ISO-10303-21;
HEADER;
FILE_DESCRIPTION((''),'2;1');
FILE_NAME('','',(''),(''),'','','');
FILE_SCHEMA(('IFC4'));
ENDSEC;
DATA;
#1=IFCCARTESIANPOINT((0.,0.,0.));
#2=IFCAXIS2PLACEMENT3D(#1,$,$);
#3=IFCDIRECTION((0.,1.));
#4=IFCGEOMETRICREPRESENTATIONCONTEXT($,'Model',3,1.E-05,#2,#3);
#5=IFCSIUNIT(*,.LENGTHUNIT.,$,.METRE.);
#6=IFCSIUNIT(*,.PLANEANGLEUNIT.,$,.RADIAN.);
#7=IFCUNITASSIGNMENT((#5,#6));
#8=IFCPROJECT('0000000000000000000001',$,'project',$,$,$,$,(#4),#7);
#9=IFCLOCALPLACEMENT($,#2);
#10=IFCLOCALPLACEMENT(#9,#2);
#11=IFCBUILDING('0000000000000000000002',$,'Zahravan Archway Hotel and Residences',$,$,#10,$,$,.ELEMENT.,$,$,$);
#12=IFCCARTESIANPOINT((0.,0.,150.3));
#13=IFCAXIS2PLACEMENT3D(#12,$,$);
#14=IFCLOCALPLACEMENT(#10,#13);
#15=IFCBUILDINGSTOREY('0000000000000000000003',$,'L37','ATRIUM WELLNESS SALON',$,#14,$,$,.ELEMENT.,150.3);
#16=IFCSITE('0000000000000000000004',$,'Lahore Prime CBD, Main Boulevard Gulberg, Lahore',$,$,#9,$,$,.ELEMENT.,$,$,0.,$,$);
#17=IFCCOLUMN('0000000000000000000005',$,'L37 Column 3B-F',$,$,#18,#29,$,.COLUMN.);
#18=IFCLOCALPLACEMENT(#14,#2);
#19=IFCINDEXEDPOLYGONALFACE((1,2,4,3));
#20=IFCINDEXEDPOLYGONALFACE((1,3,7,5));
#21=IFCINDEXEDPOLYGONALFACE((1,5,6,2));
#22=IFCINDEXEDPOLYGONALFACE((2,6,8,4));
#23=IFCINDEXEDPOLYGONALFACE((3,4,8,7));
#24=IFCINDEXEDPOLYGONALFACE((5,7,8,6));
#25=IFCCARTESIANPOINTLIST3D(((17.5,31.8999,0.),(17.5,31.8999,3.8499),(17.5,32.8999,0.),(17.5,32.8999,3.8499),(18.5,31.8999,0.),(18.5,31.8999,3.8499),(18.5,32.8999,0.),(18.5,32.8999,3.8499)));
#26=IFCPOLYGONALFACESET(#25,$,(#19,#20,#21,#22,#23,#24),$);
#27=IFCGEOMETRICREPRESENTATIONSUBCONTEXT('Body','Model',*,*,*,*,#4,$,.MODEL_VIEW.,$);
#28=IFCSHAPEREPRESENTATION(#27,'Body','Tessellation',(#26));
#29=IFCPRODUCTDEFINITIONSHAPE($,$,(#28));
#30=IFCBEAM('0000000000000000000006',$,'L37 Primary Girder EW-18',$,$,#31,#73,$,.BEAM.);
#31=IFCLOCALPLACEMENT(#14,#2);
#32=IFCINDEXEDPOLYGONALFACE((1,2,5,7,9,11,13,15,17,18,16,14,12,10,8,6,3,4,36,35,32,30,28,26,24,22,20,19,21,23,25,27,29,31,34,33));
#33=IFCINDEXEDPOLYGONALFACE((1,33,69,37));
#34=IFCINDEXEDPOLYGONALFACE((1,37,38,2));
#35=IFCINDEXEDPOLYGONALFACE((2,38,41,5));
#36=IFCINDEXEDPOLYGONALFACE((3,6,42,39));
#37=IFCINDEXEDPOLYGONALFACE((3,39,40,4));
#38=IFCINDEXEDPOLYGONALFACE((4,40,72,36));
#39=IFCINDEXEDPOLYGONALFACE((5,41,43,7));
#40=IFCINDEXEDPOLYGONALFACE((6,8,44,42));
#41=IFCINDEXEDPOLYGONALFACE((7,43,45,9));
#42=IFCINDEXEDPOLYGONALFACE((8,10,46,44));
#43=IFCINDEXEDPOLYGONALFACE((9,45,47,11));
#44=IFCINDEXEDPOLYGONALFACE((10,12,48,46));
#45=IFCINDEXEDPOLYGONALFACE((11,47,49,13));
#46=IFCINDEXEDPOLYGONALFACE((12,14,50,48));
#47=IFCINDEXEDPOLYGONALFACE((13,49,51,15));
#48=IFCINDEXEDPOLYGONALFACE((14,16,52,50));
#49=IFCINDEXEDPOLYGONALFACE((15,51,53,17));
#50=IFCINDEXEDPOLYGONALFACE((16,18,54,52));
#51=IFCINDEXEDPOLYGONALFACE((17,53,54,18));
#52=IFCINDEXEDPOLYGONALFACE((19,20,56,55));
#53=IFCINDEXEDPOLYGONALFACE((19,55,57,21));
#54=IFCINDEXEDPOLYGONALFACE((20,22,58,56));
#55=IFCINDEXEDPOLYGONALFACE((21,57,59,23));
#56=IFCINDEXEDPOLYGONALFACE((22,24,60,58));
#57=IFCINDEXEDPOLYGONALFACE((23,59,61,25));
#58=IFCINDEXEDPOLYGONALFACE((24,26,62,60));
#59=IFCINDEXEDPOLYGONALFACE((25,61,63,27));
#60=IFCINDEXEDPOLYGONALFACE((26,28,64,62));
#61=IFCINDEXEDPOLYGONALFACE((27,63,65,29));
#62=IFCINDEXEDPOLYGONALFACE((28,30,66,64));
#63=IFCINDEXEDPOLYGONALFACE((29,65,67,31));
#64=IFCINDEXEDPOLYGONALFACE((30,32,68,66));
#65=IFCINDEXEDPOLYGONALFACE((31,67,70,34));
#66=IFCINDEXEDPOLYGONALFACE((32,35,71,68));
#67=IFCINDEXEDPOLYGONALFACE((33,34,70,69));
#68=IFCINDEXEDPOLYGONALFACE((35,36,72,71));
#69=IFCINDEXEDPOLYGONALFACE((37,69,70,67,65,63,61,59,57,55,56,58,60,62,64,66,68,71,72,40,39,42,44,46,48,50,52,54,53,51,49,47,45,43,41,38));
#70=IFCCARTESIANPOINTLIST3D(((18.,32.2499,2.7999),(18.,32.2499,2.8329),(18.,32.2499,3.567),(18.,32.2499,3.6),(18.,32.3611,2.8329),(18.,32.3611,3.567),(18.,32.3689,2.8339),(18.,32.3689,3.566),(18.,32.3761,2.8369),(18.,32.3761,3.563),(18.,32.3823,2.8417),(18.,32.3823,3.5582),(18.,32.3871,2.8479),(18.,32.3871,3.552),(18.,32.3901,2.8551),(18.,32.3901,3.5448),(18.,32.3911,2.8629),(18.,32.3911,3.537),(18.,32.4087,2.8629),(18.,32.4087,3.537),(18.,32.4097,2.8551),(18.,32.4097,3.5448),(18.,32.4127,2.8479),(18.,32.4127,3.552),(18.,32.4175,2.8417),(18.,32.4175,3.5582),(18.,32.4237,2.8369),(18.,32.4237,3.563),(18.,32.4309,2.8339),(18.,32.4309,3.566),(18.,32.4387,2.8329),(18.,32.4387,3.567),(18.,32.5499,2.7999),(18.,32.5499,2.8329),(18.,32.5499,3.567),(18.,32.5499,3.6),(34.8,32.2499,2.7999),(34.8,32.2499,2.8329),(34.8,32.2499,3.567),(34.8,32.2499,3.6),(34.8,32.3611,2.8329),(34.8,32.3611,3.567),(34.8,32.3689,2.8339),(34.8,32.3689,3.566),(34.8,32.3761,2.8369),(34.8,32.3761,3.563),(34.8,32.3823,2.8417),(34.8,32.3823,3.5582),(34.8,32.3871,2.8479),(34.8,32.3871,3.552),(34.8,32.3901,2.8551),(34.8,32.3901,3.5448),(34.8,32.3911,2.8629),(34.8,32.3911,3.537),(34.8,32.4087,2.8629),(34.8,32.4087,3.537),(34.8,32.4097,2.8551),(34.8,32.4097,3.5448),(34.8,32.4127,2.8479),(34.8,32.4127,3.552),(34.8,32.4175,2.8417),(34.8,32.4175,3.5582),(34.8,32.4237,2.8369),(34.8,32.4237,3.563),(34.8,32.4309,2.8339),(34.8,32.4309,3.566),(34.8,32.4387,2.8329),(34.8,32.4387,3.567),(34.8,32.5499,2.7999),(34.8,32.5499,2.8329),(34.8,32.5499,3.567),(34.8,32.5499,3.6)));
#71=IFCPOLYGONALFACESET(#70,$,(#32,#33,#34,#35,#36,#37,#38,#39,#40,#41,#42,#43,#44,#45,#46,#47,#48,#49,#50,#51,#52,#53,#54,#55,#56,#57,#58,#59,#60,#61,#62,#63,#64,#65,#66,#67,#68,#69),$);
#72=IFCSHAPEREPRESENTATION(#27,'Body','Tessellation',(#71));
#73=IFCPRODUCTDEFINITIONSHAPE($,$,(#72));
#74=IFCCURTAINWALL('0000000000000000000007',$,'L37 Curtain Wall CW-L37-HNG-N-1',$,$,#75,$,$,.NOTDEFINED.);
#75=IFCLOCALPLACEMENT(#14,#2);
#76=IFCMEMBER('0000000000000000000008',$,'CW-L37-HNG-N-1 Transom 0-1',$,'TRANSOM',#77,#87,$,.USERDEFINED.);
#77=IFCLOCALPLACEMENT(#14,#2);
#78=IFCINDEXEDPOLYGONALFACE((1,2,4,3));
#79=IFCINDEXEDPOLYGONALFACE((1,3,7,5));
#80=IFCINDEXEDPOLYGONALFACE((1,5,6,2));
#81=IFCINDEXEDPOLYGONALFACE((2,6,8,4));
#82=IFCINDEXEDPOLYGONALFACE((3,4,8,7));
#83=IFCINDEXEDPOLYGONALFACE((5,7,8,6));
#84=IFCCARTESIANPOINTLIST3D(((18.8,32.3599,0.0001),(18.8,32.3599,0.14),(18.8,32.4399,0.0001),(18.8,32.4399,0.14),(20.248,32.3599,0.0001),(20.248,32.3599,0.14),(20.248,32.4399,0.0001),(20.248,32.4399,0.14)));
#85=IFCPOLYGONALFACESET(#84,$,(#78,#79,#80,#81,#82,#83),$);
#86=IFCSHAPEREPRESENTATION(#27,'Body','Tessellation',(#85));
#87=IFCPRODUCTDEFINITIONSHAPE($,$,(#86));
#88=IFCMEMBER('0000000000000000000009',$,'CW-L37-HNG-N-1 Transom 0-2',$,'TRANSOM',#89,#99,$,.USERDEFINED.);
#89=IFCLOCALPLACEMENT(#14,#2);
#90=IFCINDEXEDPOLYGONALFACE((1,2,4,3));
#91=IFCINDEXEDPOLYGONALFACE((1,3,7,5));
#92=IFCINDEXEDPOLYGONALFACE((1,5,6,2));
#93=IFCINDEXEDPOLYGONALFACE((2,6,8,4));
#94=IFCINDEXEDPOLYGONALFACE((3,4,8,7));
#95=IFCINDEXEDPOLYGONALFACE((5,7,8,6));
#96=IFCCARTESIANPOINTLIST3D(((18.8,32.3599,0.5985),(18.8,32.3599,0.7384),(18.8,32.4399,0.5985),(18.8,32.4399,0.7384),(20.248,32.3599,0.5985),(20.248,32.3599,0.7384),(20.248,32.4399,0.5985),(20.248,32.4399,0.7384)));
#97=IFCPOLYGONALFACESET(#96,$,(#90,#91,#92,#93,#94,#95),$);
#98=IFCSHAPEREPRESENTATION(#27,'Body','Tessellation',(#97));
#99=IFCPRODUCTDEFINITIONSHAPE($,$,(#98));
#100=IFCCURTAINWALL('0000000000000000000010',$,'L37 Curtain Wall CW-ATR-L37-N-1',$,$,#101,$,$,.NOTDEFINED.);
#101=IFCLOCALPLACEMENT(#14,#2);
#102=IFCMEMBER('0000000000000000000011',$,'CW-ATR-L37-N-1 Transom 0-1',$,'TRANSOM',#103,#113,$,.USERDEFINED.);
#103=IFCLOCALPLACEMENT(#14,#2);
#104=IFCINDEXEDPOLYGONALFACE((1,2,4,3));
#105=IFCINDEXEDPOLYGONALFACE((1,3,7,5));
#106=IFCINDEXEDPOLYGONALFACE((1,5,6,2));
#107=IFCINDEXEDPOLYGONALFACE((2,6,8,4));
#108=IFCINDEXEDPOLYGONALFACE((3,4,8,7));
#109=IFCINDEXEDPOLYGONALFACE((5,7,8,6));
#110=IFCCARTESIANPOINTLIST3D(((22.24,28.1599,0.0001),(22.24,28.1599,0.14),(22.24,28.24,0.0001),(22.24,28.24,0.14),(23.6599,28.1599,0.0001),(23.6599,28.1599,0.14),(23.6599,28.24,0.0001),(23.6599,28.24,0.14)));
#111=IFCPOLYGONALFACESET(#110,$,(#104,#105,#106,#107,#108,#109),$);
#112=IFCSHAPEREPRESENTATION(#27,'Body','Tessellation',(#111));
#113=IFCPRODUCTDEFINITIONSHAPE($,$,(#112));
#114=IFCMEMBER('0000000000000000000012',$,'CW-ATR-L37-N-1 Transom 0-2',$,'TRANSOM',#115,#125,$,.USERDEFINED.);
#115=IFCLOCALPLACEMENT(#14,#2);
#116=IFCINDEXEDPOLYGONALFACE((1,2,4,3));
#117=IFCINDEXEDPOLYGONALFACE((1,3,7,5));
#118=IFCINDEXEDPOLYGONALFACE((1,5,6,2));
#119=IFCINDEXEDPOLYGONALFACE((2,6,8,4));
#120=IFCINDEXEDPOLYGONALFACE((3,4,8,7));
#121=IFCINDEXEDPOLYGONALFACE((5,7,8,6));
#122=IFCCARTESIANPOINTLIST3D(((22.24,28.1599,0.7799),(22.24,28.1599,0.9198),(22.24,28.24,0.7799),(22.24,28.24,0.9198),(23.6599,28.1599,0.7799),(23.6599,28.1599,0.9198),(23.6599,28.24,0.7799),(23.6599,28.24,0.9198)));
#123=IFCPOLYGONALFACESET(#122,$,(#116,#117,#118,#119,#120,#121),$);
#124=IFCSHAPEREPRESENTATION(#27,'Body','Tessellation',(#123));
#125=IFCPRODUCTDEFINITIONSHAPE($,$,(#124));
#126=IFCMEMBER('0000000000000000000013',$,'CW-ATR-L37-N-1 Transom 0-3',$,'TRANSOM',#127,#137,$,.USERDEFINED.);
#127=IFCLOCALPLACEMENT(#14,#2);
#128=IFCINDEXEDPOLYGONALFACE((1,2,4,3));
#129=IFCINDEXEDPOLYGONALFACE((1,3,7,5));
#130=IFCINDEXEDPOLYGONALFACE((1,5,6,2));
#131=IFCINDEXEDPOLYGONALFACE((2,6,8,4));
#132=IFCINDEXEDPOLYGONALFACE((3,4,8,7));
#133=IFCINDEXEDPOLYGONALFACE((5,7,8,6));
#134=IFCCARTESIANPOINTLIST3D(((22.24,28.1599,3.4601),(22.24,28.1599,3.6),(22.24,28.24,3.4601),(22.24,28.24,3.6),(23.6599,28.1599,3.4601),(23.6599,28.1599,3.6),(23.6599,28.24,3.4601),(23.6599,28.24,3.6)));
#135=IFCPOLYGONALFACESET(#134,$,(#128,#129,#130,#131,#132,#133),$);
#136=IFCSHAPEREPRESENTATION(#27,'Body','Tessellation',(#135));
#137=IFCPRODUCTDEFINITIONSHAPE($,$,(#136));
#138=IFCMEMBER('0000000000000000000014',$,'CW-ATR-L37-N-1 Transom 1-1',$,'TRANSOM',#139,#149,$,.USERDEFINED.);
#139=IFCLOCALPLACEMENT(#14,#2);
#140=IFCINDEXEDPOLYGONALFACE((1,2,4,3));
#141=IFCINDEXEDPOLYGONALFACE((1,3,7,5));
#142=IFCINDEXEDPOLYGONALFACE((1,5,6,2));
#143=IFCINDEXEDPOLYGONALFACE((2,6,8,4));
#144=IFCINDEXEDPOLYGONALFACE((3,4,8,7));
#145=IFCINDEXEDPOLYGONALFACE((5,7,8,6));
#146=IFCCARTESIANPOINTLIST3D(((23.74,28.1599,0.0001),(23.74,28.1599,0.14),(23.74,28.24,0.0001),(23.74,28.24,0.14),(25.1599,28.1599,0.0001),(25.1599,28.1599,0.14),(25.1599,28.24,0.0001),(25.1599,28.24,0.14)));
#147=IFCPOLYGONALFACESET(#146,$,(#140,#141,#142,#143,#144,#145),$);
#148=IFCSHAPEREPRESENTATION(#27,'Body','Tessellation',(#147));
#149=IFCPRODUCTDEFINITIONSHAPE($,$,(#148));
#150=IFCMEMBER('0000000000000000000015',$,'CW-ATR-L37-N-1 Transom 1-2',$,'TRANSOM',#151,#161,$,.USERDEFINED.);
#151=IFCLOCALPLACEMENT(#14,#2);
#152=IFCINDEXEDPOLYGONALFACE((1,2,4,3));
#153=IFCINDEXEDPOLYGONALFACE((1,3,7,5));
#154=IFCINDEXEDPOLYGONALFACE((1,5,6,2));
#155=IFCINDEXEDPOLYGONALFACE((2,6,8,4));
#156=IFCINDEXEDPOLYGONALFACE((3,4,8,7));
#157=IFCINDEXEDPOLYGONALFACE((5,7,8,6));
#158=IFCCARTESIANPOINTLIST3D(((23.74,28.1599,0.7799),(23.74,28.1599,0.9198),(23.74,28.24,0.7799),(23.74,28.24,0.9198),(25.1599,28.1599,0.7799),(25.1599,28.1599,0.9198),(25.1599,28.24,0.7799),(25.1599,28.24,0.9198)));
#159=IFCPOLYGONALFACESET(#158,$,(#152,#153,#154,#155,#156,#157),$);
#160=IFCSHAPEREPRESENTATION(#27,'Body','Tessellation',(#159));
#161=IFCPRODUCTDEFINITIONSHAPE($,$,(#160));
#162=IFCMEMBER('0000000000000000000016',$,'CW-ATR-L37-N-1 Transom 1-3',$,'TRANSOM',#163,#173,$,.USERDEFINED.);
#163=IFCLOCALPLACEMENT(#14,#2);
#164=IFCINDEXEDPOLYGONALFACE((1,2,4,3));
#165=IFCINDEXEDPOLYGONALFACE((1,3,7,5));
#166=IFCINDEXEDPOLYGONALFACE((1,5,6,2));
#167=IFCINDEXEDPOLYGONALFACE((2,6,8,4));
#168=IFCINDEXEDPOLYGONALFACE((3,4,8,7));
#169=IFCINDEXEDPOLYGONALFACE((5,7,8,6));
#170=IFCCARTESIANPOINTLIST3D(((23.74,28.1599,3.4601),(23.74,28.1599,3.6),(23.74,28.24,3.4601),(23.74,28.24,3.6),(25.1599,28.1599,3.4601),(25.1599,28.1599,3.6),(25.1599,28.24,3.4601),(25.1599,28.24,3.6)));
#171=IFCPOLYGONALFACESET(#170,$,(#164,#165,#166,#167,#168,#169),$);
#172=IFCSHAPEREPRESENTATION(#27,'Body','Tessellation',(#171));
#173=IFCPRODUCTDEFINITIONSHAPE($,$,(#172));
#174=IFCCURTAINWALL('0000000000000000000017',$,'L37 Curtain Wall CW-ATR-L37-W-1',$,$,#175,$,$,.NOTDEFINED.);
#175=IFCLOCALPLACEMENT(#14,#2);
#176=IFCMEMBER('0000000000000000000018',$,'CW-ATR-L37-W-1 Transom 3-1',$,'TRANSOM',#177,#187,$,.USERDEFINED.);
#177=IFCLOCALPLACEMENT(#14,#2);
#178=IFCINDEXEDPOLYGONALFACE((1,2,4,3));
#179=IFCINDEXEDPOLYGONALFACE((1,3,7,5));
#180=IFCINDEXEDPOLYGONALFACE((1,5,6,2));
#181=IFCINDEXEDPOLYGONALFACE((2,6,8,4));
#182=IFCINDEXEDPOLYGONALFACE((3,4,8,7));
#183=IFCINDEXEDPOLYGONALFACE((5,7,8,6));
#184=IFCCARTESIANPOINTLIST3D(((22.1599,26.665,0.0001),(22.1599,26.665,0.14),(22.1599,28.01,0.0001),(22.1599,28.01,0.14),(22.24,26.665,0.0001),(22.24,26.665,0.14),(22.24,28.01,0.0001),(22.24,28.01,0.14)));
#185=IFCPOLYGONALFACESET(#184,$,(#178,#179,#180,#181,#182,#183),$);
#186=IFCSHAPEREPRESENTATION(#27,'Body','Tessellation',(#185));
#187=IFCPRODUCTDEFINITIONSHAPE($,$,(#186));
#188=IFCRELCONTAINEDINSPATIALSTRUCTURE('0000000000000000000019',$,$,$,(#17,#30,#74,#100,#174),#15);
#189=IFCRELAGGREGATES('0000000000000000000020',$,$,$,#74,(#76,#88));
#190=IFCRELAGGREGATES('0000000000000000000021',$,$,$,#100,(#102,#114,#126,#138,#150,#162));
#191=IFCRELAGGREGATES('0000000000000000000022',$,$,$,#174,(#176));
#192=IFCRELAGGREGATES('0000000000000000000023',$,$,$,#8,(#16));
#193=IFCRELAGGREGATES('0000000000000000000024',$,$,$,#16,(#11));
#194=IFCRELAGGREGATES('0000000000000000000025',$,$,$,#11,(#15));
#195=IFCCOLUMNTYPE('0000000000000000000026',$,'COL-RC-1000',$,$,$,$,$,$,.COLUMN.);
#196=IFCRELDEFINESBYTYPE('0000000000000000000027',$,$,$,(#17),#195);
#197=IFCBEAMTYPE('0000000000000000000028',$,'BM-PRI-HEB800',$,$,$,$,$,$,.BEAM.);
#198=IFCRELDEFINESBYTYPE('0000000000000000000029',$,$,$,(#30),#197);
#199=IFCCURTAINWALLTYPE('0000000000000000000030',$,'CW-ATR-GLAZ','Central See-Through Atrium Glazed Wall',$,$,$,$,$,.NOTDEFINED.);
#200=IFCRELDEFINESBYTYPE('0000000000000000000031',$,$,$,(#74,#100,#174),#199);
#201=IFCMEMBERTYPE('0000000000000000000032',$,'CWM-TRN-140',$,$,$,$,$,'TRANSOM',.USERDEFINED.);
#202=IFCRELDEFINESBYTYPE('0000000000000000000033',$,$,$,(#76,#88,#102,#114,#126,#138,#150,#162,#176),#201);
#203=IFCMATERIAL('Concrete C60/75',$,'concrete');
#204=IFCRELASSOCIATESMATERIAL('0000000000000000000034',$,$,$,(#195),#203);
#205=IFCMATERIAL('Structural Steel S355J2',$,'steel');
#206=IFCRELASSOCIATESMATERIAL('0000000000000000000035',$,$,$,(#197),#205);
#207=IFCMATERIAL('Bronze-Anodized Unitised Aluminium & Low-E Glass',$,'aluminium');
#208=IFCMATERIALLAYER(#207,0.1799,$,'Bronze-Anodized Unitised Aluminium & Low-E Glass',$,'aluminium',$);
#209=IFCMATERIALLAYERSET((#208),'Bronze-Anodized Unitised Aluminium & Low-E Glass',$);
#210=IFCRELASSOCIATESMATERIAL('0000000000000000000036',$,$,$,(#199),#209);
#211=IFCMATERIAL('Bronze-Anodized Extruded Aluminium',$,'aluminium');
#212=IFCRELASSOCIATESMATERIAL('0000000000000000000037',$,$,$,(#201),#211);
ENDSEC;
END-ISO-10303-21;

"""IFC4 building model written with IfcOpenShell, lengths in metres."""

from ifc_helpers import new_model, si_unit, direction, frame, origin, origin_2d, place, context, subcontext, project, spatial, rectangle, i_section, extrude, source, transform, mapped, material, layer, layer_set, material_profile, profile_set, type_object, type_shapes, element, aggregate, save


model = new_model("IFC4")

# Units and contexts
model_context = context("Model", 3, precision=1e-05, world=origin(), true_north=direction((0.0, 1.0)))
body_context = subcontext(model_context, "Body", "Model", "MODEL_VIEW")
ifc_project = project(units=[si_unit("LENGTHUNIT", "METRE"), si_unit("PLANEANGLEUNIT", "RADIAN")], contexts=[model_context])

# Site, building, storey
site_placement = place(None, origin())
site = spatial("IfcSite", under=ifc_project, at=site_placement, Name="Lahore Prime CBD, Main Boulevard Gulberg, Lahore", CompositionType="ELEMENT", RefElevation=0.0)
building_placement = place(site_placement, origin())
building = spatial("IfcBuilding", under=site, at=building_placement, Name="Zahravan Archway Hotel and Residences", CompositionType="ELEMENT")
storey_placement = place(building_placement, frame((0.0, 0.0, 150.3)))
storey = spatial("IfcBuildingStorey", under=building, at=storey_placement, Name="L37", Description="ATRIUM WELLNESS SALON", CompositionType="ELEMENT", Elevation=150.3)

# Column
ifc_material_1 = material(Name="Concrete C60/75", Category="concrete")
ifc_material_profile_1 = material_profile(ifc_material_1, rectangle(XDim=1.0, YDim=1.0, at=origin_2d()), Name="RC-COL-1000x1000", Category="concrete")
ifc_profile_set_1 = profile_set([ifc_material_profile_1], Name="Concrete C60/75")
column_type = type_object("IfcColumnType", Name="COL-RC-1000", PredefinedType="COLUMN", material=ifc_profile_set_1)
shared_shape_1 = source(origin(), body_context, "Body", "SweptSolid", [
    extrude(rectangle(XDim=1.0, YDim=1.0, at=origin_2d()), origin(), (0.0, 0.0, 1.0), 3.8499),
])
column_placement = place(storey_placement, frame((18.0, 32.3999, 0.0), z_axis=(0.0, 0.0, 1.0), x_axis=(1.0, 0.0, 0.0)))
element("IfcColumn", 1, at=column_placement, inside=storey, type_object=column_type, Name="L37 Column 3B-F", PredefinedType="COLUMN", context=body_context, shape_type="MappedRepresentation", body=[
    mapped(shared_shape_1, transform((0.0, 0.0, 0.0), scale=1.0)),
])

# Beam
ifc_material_2 = material(Name="Structural Steel S355J2", Category="steel")
ifc_material_profile_2 = material_profile(ifc_material_2, i_section(OverallWidth=0.3, OverallDepth=0.8, WebThickness=0.0176, FlangeThickness=0.033, FilletRadius=0.03, at=origin_2d()), Name="HEB 800", Category="steel")
ifc_profile_set_2 = profile_set([ifc_material_profile_2], Name="Structural Steel S355J2")
beam_type = type_object("IfcBeamType", Name="BM-PRI-HEB800", PredefinedType="BEAM", material=ifc_profile_set_2)
shared_shape_2 = source(origin(), body_context, "Body", "SweptSolid", [
    extrude(i_section(OverallWidth=0.3, OverallDepth=0.8, WebThickness=0.0176, FlangeThickness=0.033, FilletRadius=0.03, at=origin_2d()), origin(), (0.0, 0.0, 1.0), 16.8),
])
type_shapes(beam_type, [shared_shape_2])
beam_placement = place(storey_placement, frame((18.0, 32.3999, 3.2), z_axis=(1.0, 0.0, 0.0), x_axis=(0.0, 1.0, 0.0)))
element("IfcBeam", 2, at=beam_placement, inside=storey, type_object=beam_type, Name="L37 Primary Girder EW-18", PredefinedType="BEAM", context=body_context, shape_type="MappedRepresentation", body=[
    mapped(shared_shape_2, transform((0.0, 0.0, 0.0), scale=1.0)),
])

# Curtain walls, members
ifc_material_3 = material(Name="Bronze-Anodized Unitised Aluminium & Low-E Glass", Category="aluminium")
ifc_layer_1 = layer(ifc_material_3, 0.1799, Name="Bronze-Anodized Unitised Aluminium & Low-E Glass", Category="aluminium")
ifc_layer_set_1 = layer_set([ifc_layer_1], Name="Bronze-Anodized Unitised Aluminium & Low-E Glass")
curtain_wall_type = type_object("IfcCurtainWallType", Name="CW-ATR-GLAZ", Description="Central See-Through Atrium Glazed Wall", PredefinedType="NOTDEFINED", material=ifc_layer_set_1)
curtain_wall_1_placement = place(storey_placement, origin())
curtain_wall_1 = element("IfcCurtainWall", 3, at=curtain_wall_1_placement, inside=storey, type_object=curtain_wall_type, Name="L37 Curtain Wall CW-L37-HNG-N-1", PredefinedType="NOTDEFINED")
ifc_material_4 = material(Name="Bronze-Anodized Extruded Aluminium", Category="aluminium")
ifc_material_profile_3 = material_profile(ifc_material_4, rectangle(XDim=0.0801, YDim=0.1399, at=origin_2d()), Name="TRN 80x140", Category="aluminium")
ifc_profile_set_3 = profile_set([ifc_material_profile_3], Name="Bronze-Anodized Extruded Aluminium")
member_type_1 = type_object("IfcMemberType", Name="CWM-TRN-140", ElementType="TRANSOM", PredefinedType="USERDEFINED", material=ifc_profile_set_3)
shared_shape_3 = source(origin(), body_context, "Body", "SweptSolid", [
    extrude(rectangle(XDim=0.0801, YDim=0.1399, at=origin_2d()), origin(), (0.0, 0.0, 1.0), 1.448),
])
member_1_placement = place(storey_placement, frame((18.8, 32.3999, 0.0701), z_axis=(1.0, 0.0, 0.0), x_axis=(0.0, 1.0, 0.0)))
member_1 = element("IfcMember", 4, at=member_1_placement, type_object=member_type_1, Name="CW-L37-HNG-N-1 Transom 0-1", ObjectType="TRANSOM", PredefinedType="USERDEFINED", context=body_context, shape_type="MappedRepresentation", body=[
    mapped(shared_shape_3, transform((0.0, 0.0, 0.0), scale=1.0)),
])
member_2_placement = place(storey_placement, frame((18.8, 32.3999, 0.6685), z_axis=(1.0, 0.0, 0.0), x_axis=(0.0, 1.0, 0.0)))
member_2 = element("IfcMember", 5, at=member_2_placement, type_object=member_type_1, Name="CW-L37-HNG-N-1 Transom 0-2", ObjectType="TRANSOM", PredefinedType="USERDEFINED", context=body_context, shape_type="MappedRepresentation", body=[
    mapped(shared_shape_3, transform((0.0, 0.0, 0.0), scale=1.0)),
])
curtain_wall_2_placement = place(storey_placement, origin())
curtain_wall_2 = element("IfcCurtainWall", 6, at=curtain_wall_2_placement, inside=storey, type_object=curtain_wall_type, Name="L37 Curtain Wall CW-ATR-L37-N-1", PredefinedType="NOTDEFINED")
shared_shape_4 = source(origin(), body_context, "Body", "SweptSolid", [
    extrude(rectangle(XDim=0.0801, YDim=0.1399, at=origin_2d()), origin(), (0.0, 0.0, 1.0), 1.4199),
])
member_3_placement = place(storey_placement, frame((22.24, 28.2, 0.0701), z_axis=(1.0, 0.0, 0.0), x_axis=(0.0, 1.0, 0.0)))
member_3 = element("IfcMember", 7, at=member_3_placement, type_object=member_type_1, Name="CW-ATR-L37-N-1 Transom 0-1", ObjectType="TRANSOM", PredefinedType="USERDEFINED", context=body_context, shape_type="MappedRepresentation", body=[
    mapped(shared_shape_4, transform((0.0, 0.0, 0.0), scale=1.0)),
])
member_4_placement = place(storey_placement, frame((22.24, 28.2, 0.8499), z_axis=(1.0, 0.0, 0.0), x_axis=(0.0, 1.0, 0.0)))
member_4 = element("IfcMember", 8, at=member_4_placement, type_object=member_type_1, Name="CW-ATR-L37-N-1 Transom 0-2", ObjectType="TRANSOM", PredefinedType="USERDEFINED", context=body_context, shape_type="MappedRepresentation", body=[
    mapped(shared_shape_4, transform((0.0, 0.0, 0.0), scale=1.0)),
])
member_5_placement = place(storey_placement, frame((22.24, 28.2, 3.53), z_axis=(1.0, 0.0, 0.0), x_axis=(0.0, 1.0, 0.0)))
member_5 = element("IfcMember", 9, at=member_5_placement, type_object=member_type_1, Name="CW-ATR-L37-N-1 Transom 0-3", ObjectType="TRANSOM", PredefinedType="USERDEFINED", context=body_context, shape_type="MappedRepresentation", body=[
    mapped(shared_shape_4, transform((0.0, 0.0, 0.0), scale=1.0)),
])
member_6_placement = place(storey_placement, frame((23.74, 28.2, 0.0701), z_axis=(1.0, 0.0, 0.0), x_axis=(0.0, 1.0, 0.0)))
member_6 = element("IfcMember", 10, at=member_6_placement, type_object=member_type_1, Name="CW-ATR-L37-N-1 Transom 1-1", ObjectType="TRANSOM", PredefinedType="USERDEFINED", context=body_context, shape_type="MappedRepresentation", body=[
    mapped(shared_shape_4, transform((0.0, 0.0, 0.0), scale=1.0)),
])
member_7_placement = place(storey_placement, frame((23.74, 28.2, 0.8499), z_axis=(1.0, 0.0, 0.0), x_axis=(0.0, 1.0, 0.0)))
member_7 = element("IfcMember", 11, at=member_7_placement, type_object=member_type_1, Name="CW-ATR-L37-N-1 Transom 1-2", ObjectType="TRANSOM", PredefinedType="USERDEFINED", context=body_context, shape_type="MappedRepresentation", body=[
    mapped(shared_shape_4, transform((0.0, 0.0, 0.0), scale=1.0)),
])
member_8_placement = place(storey_placement, frame((23.74, 28.2, 3.53), z_axis=(1.0, 0.0, 0.0), x_axis=(0.0, 1.0, 0.0)))
member_8 = element("IfcMember", 12, at=member_8_placement, type_object=member_type_1, Name="CW-ATR-L37-N-1 Transom 1-3", ObjectType="TRANSOM", PredefinedType="USERDEFINED", context=body_context, shape_type="MappedRepresentation", body=[
    mapped(shared_shape_4, transform((0.0, 0.0, 0.0), scale=1.0)),
])
curtain_wall_3_placement = place(storey_placement, origin())
curtain_wall_3 = element("IfcCurtainWall", 13, at=curtain_wall_3_placement, inside=storey, type_object=curtain_wall_type, Name="L37 Curtain Wall CW-ATR-L37-W-1", PredefinedType="NOTDEFINED")
shared_shape_5 = source(origin(), body_context, "Body", "SweptSolid", [
    extrude(rectangle(XDim=0.0801, YDim=0.1399, at=origin_2d()), origin(), (0.0, 0.0, 1.0), 1.345),
])
member_9_placement = place(storey_placement, frame((22.2, 26.665, 0.0701), z_axis=(0.0, 1.0, 0.0), x_axis=(-1.0, 0.0, 0.0)))
member_9 = element("IfcMember", 14, at=member_9_placement, type_object=member_type_1, Name="CW-ATR-L37-W-1 Transom 3-1", ObjectType="TRANSOM", PredefinedType="USERDEFINED", context=body_context, shape_type="MappedRepresentation", body=[
    mapped(shared_shape_5, transform((0.0, 0.0, 0.0), scale=1.0)),
])

aggregate(curtain_wall_1, [member_1, member_2])

aggregate(curtain_wall_2, [member_3, member_4, member_5, member_6, member_7, member_8])
aggregate(curtain_wall_3, [member_9])

save(model, "model.ifc")
